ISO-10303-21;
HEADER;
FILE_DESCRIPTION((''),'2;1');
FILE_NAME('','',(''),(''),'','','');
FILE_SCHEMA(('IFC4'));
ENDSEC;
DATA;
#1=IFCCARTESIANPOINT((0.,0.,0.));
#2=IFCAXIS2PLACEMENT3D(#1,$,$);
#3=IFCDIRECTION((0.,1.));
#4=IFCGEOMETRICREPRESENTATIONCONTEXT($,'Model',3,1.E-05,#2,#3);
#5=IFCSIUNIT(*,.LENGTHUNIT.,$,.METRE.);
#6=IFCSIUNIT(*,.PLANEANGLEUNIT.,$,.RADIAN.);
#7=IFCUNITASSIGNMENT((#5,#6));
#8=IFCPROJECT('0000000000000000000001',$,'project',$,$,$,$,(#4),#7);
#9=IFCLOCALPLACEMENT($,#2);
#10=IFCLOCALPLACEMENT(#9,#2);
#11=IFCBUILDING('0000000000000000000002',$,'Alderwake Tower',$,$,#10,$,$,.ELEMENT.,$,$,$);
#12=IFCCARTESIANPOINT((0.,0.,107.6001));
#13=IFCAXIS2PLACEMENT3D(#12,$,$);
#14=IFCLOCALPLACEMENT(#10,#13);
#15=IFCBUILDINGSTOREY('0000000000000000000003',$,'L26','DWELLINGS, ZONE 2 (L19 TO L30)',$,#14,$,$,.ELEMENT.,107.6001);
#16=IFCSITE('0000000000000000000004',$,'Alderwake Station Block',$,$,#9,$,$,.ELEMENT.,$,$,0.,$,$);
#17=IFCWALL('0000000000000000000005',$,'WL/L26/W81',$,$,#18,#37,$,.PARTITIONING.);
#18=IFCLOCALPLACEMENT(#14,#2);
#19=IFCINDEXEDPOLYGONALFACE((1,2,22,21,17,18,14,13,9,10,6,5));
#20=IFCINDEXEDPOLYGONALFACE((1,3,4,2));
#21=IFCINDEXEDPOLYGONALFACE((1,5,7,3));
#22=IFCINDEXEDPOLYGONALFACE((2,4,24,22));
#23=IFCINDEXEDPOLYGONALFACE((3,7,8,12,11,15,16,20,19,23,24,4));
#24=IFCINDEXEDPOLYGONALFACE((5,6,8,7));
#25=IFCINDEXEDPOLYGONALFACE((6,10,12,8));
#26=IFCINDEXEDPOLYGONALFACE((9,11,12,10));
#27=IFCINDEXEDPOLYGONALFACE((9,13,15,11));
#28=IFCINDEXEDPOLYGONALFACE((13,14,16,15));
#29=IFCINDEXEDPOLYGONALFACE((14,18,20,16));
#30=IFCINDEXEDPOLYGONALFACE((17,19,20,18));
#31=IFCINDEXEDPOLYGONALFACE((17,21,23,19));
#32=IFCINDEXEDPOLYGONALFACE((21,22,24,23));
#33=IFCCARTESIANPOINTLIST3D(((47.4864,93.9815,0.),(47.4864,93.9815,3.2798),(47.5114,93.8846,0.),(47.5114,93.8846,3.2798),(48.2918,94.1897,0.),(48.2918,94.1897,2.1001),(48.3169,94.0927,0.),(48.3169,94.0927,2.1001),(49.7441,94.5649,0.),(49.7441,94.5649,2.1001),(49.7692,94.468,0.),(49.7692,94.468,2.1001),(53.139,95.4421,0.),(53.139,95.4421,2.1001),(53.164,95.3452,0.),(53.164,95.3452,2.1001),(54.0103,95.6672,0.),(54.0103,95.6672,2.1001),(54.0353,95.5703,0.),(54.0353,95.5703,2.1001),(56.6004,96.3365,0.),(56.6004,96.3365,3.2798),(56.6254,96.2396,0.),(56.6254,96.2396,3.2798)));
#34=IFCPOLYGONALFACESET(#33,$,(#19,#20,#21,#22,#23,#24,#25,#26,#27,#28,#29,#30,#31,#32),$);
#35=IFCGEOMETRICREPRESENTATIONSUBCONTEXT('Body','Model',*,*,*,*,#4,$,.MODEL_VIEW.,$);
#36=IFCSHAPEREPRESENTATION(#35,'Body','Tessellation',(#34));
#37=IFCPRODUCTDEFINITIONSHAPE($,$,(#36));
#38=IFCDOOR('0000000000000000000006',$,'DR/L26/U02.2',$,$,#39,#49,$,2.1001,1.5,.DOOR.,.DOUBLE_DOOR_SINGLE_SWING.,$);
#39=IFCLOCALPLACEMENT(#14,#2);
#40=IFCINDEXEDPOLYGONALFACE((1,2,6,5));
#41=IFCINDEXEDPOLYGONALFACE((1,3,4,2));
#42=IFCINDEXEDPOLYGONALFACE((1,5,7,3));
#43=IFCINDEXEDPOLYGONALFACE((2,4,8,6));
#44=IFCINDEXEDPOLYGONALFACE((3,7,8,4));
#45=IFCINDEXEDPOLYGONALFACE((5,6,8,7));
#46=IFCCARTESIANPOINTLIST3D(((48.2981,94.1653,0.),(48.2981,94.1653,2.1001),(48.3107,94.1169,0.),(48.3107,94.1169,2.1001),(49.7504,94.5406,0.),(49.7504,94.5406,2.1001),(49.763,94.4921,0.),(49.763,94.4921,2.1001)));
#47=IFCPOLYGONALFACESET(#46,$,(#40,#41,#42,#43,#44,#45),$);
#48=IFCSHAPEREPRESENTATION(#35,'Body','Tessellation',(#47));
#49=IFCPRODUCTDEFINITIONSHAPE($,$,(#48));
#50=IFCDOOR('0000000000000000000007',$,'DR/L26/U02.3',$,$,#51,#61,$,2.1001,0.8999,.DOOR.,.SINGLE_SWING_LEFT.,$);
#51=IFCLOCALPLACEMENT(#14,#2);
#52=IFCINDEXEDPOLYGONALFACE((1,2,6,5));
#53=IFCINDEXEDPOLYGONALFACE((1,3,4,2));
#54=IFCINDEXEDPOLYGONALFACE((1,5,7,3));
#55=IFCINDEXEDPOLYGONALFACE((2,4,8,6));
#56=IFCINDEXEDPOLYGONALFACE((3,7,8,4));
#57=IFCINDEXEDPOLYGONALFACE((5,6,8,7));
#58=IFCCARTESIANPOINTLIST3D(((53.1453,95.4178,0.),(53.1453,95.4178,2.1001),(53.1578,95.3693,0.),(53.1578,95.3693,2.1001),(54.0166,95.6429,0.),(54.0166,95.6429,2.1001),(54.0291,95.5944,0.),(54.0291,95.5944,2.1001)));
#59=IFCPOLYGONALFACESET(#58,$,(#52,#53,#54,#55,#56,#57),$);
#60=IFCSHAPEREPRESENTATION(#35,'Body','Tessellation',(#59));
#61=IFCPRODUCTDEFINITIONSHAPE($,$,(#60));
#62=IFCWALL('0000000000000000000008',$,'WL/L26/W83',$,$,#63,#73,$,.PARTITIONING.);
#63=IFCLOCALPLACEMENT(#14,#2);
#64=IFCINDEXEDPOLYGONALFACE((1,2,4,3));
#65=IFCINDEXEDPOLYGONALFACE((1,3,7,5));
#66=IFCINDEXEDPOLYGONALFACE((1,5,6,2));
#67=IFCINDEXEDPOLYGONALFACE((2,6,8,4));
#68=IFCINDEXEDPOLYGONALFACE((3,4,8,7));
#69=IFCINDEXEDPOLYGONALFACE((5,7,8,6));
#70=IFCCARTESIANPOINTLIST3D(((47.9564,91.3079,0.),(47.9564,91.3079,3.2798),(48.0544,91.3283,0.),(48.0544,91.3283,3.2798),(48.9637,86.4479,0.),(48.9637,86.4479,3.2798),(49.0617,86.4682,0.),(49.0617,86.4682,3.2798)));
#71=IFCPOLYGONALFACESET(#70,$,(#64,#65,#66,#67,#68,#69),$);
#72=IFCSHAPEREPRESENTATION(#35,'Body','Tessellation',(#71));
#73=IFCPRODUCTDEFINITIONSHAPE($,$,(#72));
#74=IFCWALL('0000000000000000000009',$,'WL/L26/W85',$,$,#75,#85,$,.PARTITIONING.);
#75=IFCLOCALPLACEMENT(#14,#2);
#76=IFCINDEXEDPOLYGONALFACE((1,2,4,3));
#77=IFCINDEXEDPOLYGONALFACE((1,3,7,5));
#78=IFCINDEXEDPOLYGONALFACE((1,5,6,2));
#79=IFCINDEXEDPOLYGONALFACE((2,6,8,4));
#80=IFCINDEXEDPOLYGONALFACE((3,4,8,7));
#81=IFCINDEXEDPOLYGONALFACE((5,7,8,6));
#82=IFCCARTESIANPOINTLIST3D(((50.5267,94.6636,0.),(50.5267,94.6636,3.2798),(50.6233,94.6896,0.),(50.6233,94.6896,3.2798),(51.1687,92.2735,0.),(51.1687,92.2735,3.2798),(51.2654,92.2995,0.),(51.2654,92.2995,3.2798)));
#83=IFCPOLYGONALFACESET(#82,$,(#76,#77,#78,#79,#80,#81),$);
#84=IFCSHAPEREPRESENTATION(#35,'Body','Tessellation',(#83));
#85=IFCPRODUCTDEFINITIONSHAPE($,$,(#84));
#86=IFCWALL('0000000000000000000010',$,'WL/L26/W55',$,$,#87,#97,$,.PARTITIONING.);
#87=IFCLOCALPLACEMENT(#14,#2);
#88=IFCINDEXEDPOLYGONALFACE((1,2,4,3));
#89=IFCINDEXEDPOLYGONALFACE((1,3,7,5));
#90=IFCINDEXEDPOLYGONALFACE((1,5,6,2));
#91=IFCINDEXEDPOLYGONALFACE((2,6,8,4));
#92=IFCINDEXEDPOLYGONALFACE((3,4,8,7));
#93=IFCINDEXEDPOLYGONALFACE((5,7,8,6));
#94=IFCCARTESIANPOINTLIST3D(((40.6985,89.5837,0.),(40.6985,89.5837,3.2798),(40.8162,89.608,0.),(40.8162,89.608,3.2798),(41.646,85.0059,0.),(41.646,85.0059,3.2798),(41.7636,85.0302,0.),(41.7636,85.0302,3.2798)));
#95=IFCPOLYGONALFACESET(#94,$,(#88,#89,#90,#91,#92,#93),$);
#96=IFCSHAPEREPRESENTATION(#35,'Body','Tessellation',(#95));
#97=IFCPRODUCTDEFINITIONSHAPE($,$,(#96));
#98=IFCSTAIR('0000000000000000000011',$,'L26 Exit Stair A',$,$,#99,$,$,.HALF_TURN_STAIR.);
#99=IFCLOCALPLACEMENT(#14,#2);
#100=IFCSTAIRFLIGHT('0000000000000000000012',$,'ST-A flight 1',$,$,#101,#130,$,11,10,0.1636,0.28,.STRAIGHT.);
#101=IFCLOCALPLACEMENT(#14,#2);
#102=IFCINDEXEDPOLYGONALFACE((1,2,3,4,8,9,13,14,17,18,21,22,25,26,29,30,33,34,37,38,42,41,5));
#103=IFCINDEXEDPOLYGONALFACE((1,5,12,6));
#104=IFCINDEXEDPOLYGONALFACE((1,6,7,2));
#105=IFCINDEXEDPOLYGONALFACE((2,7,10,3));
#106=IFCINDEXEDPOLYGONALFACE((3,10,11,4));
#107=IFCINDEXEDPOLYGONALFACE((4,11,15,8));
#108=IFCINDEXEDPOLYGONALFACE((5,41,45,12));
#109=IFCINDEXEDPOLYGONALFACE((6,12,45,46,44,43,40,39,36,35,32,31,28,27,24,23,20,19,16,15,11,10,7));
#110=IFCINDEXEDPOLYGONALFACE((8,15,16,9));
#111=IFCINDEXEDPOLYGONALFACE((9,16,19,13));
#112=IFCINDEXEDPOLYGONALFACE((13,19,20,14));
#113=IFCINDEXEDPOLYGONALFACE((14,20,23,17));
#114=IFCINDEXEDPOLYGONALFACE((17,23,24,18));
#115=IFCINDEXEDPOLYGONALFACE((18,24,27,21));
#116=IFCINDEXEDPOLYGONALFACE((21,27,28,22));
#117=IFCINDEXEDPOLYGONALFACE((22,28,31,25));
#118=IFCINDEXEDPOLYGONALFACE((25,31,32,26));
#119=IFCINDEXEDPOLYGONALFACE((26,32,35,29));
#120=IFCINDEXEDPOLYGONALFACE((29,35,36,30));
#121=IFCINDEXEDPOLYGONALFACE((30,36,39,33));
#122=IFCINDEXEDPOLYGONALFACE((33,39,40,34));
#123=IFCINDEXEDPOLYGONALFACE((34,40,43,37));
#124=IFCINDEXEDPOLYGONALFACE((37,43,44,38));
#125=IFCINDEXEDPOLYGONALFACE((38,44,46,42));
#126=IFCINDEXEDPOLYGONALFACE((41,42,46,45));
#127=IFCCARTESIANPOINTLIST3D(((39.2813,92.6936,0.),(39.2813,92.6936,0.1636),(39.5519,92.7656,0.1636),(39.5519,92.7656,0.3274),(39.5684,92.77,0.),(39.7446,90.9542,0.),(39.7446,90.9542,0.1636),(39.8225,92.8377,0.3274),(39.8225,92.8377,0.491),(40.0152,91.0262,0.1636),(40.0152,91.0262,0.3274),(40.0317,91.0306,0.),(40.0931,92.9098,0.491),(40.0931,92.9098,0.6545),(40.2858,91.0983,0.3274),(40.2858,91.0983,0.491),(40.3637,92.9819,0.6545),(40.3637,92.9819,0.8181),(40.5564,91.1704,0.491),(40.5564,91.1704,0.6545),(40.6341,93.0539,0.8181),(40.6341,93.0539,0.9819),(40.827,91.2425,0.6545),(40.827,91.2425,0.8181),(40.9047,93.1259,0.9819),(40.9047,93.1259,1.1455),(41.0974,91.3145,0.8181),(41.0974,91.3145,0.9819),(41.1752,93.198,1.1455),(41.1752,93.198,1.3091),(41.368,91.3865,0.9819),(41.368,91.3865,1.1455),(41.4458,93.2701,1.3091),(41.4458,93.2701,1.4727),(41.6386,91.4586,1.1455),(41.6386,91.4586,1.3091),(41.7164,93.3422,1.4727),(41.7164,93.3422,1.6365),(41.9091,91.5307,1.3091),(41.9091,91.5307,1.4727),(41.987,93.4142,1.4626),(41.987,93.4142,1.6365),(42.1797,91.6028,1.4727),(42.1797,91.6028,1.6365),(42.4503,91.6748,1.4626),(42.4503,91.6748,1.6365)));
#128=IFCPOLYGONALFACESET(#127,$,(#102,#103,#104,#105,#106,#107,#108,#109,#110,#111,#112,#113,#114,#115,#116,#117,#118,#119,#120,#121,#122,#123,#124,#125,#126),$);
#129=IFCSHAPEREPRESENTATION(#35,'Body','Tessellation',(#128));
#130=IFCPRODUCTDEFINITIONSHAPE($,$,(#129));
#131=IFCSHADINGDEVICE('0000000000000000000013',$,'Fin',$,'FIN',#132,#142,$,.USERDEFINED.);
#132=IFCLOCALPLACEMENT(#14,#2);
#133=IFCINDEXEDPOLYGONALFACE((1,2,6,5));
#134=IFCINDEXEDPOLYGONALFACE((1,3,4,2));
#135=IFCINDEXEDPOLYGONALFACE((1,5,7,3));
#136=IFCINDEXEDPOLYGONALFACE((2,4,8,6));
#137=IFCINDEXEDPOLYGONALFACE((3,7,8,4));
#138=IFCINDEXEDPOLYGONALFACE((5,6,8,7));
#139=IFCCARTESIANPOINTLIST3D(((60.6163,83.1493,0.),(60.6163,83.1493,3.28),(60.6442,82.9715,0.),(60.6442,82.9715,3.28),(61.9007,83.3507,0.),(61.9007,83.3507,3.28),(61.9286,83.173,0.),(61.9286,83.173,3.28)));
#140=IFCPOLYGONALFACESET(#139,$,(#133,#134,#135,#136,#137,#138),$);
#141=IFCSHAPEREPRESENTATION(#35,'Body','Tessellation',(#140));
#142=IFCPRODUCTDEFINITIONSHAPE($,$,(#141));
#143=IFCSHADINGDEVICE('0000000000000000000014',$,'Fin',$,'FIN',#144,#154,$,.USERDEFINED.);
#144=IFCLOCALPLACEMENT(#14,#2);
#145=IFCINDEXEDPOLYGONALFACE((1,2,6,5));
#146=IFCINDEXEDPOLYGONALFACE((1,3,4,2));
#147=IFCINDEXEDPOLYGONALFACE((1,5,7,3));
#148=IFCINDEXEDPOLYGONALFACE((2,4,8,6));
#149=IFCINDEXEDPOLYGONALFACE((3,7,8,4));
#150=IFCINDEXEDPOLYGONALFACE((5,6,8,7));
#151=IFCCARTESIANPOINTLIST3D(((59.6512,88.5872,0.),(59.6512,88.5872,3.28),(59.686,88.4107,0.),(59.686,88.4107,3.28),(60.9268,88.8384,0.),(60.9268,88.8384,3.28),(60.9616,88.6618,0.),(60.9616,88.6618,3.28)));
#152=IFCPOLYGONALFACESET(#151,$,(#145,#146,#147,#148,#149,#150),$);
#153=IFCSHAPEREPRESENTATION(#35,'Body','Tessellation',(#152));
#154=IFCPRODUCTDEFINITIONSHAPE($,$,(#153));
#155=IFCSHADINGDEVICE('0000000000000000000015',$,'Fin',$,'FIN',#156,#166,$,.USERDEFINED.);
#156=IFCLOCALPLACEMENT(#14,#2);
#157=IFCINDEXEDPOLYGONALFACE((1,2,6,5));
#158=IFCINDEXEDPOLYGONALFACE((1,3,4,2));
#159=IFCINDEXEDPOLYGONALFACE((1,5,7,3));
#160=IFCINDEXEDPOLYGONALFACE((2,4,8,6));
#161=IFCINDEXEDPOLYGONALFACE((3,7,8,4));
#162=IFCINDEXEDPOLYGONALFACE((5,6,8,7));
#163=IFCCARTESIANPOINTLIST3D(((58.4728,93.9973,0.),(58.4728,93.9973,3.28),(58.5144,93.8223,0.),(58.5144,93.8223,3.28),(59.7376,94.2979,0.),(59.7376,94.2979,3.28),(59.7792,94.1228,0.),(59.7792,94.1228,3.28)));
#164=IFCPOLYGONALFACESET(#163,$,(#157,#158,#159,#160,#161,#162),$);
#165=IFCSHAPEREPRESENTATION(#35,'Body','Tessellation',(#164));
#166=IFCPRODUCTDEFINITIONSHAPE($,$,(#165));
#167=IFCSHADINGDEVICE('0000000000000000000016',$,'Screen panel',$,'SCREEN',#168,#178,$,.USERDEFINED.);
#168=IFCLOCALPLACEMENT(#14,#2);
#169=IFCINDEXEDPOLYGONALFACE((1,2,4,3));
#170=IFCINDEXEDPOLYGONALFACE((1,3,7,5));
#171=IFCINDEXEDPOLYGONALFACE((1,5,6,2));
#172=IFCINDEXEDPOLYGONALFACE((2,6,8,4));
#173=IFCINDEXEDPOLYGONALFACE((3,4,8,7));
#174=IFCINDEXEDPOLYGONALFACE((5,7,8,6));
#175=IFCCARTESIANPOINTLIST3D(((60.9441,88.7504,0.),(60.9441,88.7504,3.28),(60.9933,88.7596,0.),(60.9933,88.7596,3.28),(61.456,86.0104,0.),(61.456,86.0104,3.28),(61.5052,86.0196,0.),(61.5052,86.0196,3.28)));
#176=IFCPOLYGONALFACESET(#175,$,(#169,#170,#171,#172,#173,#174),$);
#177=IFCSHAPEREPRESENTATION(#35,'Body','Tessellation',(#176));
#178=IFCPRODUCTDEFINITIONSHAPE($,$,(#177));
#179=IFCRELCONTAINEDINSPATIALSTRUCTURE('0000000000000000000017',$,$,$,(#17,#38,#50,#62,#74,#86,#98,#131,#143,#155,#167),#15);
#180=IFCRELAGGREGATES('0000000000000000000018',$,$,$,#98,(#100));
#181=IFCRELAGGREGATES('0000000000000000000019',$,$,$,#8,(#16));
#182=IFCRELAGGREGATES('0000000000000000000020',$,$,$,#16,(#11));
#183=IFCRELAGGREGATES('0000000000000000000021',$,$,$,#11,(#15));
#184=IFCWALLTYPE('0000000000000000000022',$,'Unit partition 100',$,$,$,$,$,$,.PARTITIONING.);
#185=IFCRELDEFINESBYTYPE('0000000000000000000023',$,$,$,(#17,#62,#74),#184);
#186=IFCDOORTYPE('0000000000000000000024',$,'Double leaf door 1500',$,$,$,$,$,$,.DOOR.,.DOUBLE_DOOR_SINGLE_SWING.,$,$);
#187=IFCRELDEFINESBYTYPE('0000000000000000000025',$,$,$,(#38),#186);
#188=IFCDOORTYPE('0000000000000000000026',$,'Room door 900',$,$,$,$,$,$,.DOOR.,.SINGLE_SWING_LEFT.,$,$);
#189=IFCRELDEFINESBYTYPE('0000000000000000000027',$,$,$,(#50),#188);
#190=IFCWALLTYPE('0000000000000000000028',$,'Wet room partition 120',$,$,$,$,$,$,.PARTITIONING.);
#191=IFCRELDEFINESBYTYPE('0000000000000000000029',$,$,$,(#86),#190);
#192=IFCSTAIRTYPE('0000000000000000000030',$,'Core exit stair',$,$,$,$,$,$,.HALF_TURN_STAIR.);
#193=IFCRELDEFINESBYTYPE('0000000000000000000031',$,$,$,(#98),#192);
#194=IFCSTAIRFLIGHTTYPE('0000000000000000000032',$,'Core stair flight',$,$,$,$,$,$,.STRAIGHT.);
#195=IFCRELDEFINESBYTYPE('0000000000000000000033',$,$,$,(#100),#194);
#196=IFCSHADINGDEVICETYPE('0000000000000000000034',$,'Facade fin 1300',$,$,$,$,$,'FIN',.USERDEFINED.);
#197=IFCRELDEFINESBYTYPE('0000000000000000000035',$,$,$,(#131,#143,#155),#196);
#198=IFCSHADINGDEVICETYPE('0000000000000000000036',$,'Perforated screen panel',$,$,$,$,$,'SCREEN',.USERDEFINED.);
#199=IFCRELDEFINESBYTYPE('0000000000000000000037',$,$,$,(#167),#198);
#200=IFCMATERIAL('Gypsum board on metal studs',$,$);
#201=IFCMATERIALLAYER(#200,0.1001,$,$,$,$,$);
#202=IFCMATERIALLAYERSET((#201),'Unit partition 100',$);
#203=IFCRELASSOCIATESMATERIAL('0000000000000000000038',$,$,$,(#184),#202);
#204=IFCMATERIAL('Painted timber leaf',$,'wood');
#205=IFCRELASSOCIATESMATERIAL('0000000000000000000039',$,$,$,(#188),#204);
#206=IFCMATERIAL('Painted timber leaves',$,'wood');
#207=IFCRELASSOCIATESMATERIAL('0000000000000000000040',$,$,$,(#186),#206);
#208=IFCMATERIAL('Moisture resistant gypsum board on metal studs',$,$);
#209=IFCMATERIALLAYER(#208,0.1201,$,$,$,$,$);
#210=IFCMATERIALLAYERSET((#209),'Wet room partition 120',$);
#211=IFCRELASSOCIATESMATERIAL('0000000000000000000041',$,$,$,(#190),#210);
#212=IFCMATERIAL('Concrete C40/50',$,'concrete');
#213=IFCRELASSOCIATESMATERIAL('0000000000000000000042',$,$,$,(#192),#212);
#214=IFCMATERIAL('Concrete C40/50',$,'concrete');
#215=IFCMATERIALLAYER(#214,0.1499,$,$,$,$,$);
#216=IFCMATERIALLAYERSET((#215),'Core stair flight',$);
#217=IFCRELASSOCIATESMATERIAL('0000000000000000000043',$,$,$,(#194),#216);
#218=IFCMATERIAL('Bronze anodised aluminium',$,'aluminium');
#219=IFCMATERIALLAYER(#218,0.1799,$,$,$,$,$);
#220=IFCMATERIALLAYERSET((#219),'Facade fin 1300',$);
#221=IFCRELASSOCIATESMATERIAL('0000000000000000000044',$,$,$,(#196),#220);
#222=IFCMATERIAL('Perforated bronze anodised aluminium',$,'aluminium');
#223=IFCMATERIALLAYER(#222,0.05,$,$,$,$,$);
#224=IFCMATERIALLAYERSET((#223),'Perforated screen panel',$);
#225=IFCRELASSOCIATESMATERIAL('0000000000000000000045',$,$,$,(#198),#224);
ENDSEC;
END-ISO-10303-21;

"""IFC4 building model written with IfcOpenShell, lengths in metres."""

from ifc_helpers import new_model, si_unit, direction, frame, frame_2d, origin, origin_2d, place, context, subcontext, project, spatial, polyline, rectangle, outline, extrude, material, layer, layer_set, type_object, element, fill, aggregate, save


model = new_model("IFC4")

# Units and contexts
model_context = context("Model", 3, precision=1e-05, world=origin(), true_north=direction((0.0, 1.0)))
body_context = subcontext(model_context, "Body", "Model", "MODEL_VIEW")
ifc_project = project(units=[si_unit("LENGTHUNIT", "METRE"), si_unit("PLANEANGLEUNIT", "RADIAN")], contexts=[model_context])

# Site, building, storey
site_placement = place(None, origin())
site = spatial("IfcSite", under=ifc_project, at=site_placement, Name="Alderwake Station Block", CompositionType="ELEMENT", RefElevation=0.0)
building_placement = place(site_placement, origin())
building = spatial("IfcBuilding", under=site, at=building_placement, Name="Alderwake Tower", CompositionType="ELEMENT")
storey_placement = place(building_placement, frame((0.0, 0.0, 107.6001)))
storey = spatial("IfcBuildingStorey", under=building, at=storey_placement, Name="L26", Description="DWELLINGS, ZONE 2 (L19 TO L30)", CompositionType="ELEMENT", Elevation=107.6001)

# Wall, openings, doors
ifc_material_1 = material(Name="Gypsum board on metal studs")
ifc_layer_1 = layer(ifc_material_1, 0.1001)
ifc_layer_set_1 = layer_set([ifc_layer_1], Name="Unit partition 100")
wall_type_1 = type_object("IfcWallType", Name="Unit partition 100", PredefinedType="PARTITIONING", material=ifc_layer_set_1)
ifc_material_2 = material(Name="Painted timber leaf", Category="wood")
door_type_1 = type_object("IfcDoorType", Name="Room door 900", OperationType="SINGLE_SWING_LEFT", PredefinedType="DOOR", material=ifc_material_2)
wall_1_placement = place(storey_placement, frame((47.499, 93.9331, 0.0), z_axis=(0.0, 0.0, 1.0), x_axis=(0.968201, 0.250175, 0.0)))
wall_1 = element("IfcWall", 1, at=wall_1_placement, inside=storey, type_object=wall_type_1, Name="WL/L26/W81", PredefinedType="PARTITIONING", context=body_context, shape_type="SweptSolid", body=[
    extrude(rectangle(XDim=9.4133, YDim=0.1001, at=frame_2d((4.7065, 0.0))), origin(), (0.0, 0.0, 1.0), 3.2798),
])
opening_1_placement = place(wall_1_placement, frame((0.8318, 0.0, 0.0)))
opening_1 = element("IfcOpeningElement", 2, at=opening_1_placement, cuts=wall_1, PredefinedType="OPENING", context=body_context, shape_type="SweptSolid", body=[
    extrude(rectangle(XDim=1.5, YDim=2.1001, at=frame_2d((0.75, 1.05))), frame((0.0, 0.0601, 0.0), z_axis=(0.0, -1.0, 0.0), x_axis=(1.0, 0.0, 0.0)), (0.0, 0.0, 1.0), 0.1201),
])
opening_2_placement = place(wall_1_placement, frame((5.8381, 0.0, 0.0)))
opening_2 = element("IfcOpeningElement", 3, at=opening_2_placement, cuts=wall_1, PredefinedType="OPENING", context=body_context, shape_type="SweptSolid", body=[
    extrude(rectangle(XDim=0.8999, YDim=2.1001, at=frame_2d((0.45, 1.05))), frame((0.0, 0.0601, 0.0), z_axis=(0.0, -1.0, 0.0), x_axis=(1.0, 0.0, 0.0)), (0.0, 0.0, 1.0), 0.1201),
])
ifc_material_3 = material(Name="Painted timber leaves", Category="wood")
door_type_2 = type_object("IfcDoorType", Name="Double leaf door 1500", OperationType="DOUBLE_DOOR_SINGLE_SWING", PredefinedType="DOOR", material=ifc_material_3)
door_1_placement = place(opening_1_placement, origin())
door_1 = element("IfcDoor", 4, at=door_1_placement, inside=storey, type_object=door_type_2, Name="DR/L26/U02.2", OperationType="DOUBLE_DOOR_SINGLE_SWING", OverallHeight=2.1001, OverallWidth=1.5, PredefinedType="DOOR", context=body_context, shape_type="SweptSolid", body=[
    extrude(rectangle(XDim=1.5, YDim=2.1001, at=frame_2d((0.75, 1.05))), frame((0.0, 0.0249, 0.0), z_axis=(0.0, -1.0, 0.0), x_axis=(1.0, 0.0, 0.0)), (0.0, 0.0, 1.0), 0.05),
])
fill(opening_1, door_1)
door_2_placement = place(opening_2_placement, origin())
door_2 = element("IfcDoor", 5, at=door_2_placement, inside=storey, type_object=door_type_1, Name="DR/L26/U02.3", OperationType="SINGLE_SWING_LEFT", OverallHeight=2.1001, OverallWidth=0.8999, PredefinedType="DOOR", context=body_context, shape_type="SweptSolid", body=[
    extrude(rectangle(XDim=0.8999, YDim=2.1001, at=frame_2d((0.45, 1.05))), frame((0.0, 0.0249, 0.0), z_axis=(0.0, -1.0, 0.0), x_axis=(1.0, 0.0, 0.0)), (0.0, 0.0, 1.0), 0.05),
])
fill(opening_2, door_2)

# Walls
wall_2_placement = place(storey_placement, frame((49.0127, 86.458, 0.0), z_axis=(0.0, 0.0, 1.0), x_axis=(-0.20295, 0.979189, 0.0)))
element("IfcWall", 6, at=wall_2_placement, inside=storey, type_object=wall_type_1, Name="WL/L26/W83", PredefinedType="PARTITIONING", context=body_context, shape_type="SweptSolid", body=[
    extrude(rectangle(XDim=4.9634, YDim=0.1001, at=frame_2d((2.4817, 0.0))), origin(), (0.0, 0.0, 1.0), 3.2798),
])
wall_3_placement = place(storey_placement, frame((51.217, 92.2866, 0.0), z_axis=(0.0, 0.0, 1.0), x_axis=(-0.259443, 0.965758, 0.0)))
element("IfcWall", 7, at=wall_3_placement, inside=storey, type_object=wall_type_1, Name="WL/L26/W85", PredefinedType="PARTITIONING", context=body_context, shape_type="SweptSolid", body=[
    extrude(rectangle(XDim=2.4749, YDim=0.1001, at=frame_2d((1.2373, 0.0))), origin(), (0.0, 0.0, 1.0), 3.2798),
])
ifc_material_4 = material(Name="Moisture resistant gypsum board on metal studs")
ifc_layer_2 = layer(ifc_material_4, 0.1201)
ifc_layer_set_2 = layer_set([ifc_layer_2], Name="Wet room partition 120")
wall_type_2 = type_object("IfcWallType", Name="Wet room partition 120", PredefinedType="PARTITIONING", material=ifc_layer_set_2)
wall_4_placement = place(storey_placement, frame((41.7048, 85.0181, 0.0), z_axis=(0.0, 0.0, 1.0), x_axis=(-0.20268, 0.979245, 0.0)))
element("IfcWall", 8, at=wall_4_placement, inside=storey, type_object=wall_type_2, Name="WL/L26/W55", PredefinedType="PARTITIONING", context=body_context, shape_type="SweptSolid", body=[
    extrude(rectangle(XDim=4.6748, YDim=0.1201, at=frame_2d((2.3374, 0.0))), origin(), (0.0, 0.0, 1.0), 3.2798),
])

# Stair, stair flight
ifc_material_5 = material(Name="Concrete C40/50", Category="concrete")
stair_type = type_object("IfcStairType", Name="Core exit stair", PredefinedType="HALF_TURN_STAIR", material=ifc_material_5)
stair_placement = place(storey_placement, origin())
stair = element("IfcStair", 9, at=stair_placement, inside=storey, type_object=stair_type, Name="L26 Exit Stair A", PredefinedType="HALF_TURN_STAIR")
ifc_material_6 = material(Name="Concrete C40/50", Category="concrete")
ifc_layer_3 = layer(ifc_material_6, 0.1499)
ifc_layer_set_3 = layer_set([ifc_layer_3], Name="Core stair flight")
stair_flight_type = type_object("IfcStairFlightType", Name="Core stair flight", PredefinedType="STRAIGHT", material=ifc_layer_set_3)
stair_flight_placement = place(storey_placement, frame((39.5129, 91.824, 0.0), z_axis=(0.0, 0.0, 1.0), x_axis=(0.96631, 0.257382, 0.0)))
stair_flight = element("IfcStairFlight", 10, at=stair_flight_placement, type_object=stair_flight_type, Name="ST-A flight 1", NumberOfRisers=11, NumberOfTreads=10, PredefinedType="STRAIGHT", RiserHeight=0.1636, TreadLength=0.28, context=body_context, shape_type="SweptSolid", body=[
    extrude(outline(polyline([(0.0, 0.0), (0.0, 0.1636), (0.28, 0.1636), (0.28, 0.3274), (0.5601, 0.3274), (0.5601, 0.491), (0.8401, 0.491), (0.8401, 0.6545), (1.1201, 0.6545), (1.1201, 0.8181), (1.3999, 0.8181), (1.3999, 0.9819), (1.6799, 0.9819), (1.6799, 1.1455), (1.96, 1.1455), (1.96, 1.3091), (2.24, 1.3091), (2.24, 1.4727), (2.52, 1.4727), (2.52, 1.6365), (2.8, 1.6365), (2.8, 1.8), (2.8, 1.4626), (0.2971, 0.0), (0.0, 0.0)])), frame((0.0, 0.8999, 0.0), z_axis=(0.0, -1.0, 0.0), x_axis=(1.0, 0.0, 0.0)), (0.0, 0.0, 1.0), 1.8),
])
aggregate(stair, [stair_flight])

# Shading devices
ifc_material_7 = material(Name="Bronze anodised aluminium", Category="aluminium")
ifc_layer_4 = layer(ifc_material_7, 0.1799)
ifc_layer_set_4 = layer_set([ifc_layer_4], Name="Facade fin 1300")
shading_device_type_1 = type_object("IfcShadingDeviceType", Name="Facade fin 1300", ElementType="FIN", PredefinedType="USERDEFINED", material=ifc_layer_set_4)
for number, where, z_axis, x_axis, name in (
    (11, (61.2725, 83.1611, 0.0), (0.0, 0.0, 1.0), (0.987919, 0.154972, 0.0), "Fin"),
    (12, (60.3064, 88.6245, 0.0), (0.0, 0.0, 1.0), (0.981164, 0.193178, 0.0), "Fin"),
    (13, (59.126, 94.0601, 0.0), (0.0, 0.0, 1.0), (0.972909, 0.231189, 0.0), "Fin"),
):
    element("IfcShadingDevice", number, at=place(storey_placement, frame(where, z_axis=z_axis, x_axis=x_axis)), inside=storey, type_object=shading_device_type_1, Name=name, ObjectType="FIN", PredefinedType="USERDEFINED", context=body_context, shape_type="SweptSolid", body=[
        extrude(rectangle(XDim=1.3, YDim=0.1799, at=origin_2d()), origin(), (0.0, 0.0, 1.0), 3.28),
    ])
ifc_material_8 = material(Name="Perforated bronze anodised aluminium", Category="aluminium")
ifc_layer_5 = layer(ifc_material_8, 0.05)
ifc_layer_set_5 = layer_set([ifc_layer_5], Name="Perforated screen panel")
shading_device_type_2 = type_object("IfcShadingDeviceType", Name="Perforated screen panel", ElementType="SCREEN", PredefinedType="USERDEFINED", material=ifc_layer_set_5)
shading_device_placement = place(storey_placement, frame((61.2246, 87.385, 0.0), z_axis=(0.0, 0.0, 1.0), x_axis=(0.982991, 0.183651, 0.0)))
element("IfcShadingDevice", 14, at=shading_device_placement, inside=storey, type_object=shading_device_type_2, Name="Screen panel", ObjectType="SCREEN", PredefinedType="USERDEFINED", context=body_context, shape_type="SweptSolid", body=[
    extrude(rectangle(XDim=0.05, YDim=2.7874, at=origin_2d()), origin(), (0.0, 0.0, 1.0), 3.28),
])

save(model, "model.ifc")
